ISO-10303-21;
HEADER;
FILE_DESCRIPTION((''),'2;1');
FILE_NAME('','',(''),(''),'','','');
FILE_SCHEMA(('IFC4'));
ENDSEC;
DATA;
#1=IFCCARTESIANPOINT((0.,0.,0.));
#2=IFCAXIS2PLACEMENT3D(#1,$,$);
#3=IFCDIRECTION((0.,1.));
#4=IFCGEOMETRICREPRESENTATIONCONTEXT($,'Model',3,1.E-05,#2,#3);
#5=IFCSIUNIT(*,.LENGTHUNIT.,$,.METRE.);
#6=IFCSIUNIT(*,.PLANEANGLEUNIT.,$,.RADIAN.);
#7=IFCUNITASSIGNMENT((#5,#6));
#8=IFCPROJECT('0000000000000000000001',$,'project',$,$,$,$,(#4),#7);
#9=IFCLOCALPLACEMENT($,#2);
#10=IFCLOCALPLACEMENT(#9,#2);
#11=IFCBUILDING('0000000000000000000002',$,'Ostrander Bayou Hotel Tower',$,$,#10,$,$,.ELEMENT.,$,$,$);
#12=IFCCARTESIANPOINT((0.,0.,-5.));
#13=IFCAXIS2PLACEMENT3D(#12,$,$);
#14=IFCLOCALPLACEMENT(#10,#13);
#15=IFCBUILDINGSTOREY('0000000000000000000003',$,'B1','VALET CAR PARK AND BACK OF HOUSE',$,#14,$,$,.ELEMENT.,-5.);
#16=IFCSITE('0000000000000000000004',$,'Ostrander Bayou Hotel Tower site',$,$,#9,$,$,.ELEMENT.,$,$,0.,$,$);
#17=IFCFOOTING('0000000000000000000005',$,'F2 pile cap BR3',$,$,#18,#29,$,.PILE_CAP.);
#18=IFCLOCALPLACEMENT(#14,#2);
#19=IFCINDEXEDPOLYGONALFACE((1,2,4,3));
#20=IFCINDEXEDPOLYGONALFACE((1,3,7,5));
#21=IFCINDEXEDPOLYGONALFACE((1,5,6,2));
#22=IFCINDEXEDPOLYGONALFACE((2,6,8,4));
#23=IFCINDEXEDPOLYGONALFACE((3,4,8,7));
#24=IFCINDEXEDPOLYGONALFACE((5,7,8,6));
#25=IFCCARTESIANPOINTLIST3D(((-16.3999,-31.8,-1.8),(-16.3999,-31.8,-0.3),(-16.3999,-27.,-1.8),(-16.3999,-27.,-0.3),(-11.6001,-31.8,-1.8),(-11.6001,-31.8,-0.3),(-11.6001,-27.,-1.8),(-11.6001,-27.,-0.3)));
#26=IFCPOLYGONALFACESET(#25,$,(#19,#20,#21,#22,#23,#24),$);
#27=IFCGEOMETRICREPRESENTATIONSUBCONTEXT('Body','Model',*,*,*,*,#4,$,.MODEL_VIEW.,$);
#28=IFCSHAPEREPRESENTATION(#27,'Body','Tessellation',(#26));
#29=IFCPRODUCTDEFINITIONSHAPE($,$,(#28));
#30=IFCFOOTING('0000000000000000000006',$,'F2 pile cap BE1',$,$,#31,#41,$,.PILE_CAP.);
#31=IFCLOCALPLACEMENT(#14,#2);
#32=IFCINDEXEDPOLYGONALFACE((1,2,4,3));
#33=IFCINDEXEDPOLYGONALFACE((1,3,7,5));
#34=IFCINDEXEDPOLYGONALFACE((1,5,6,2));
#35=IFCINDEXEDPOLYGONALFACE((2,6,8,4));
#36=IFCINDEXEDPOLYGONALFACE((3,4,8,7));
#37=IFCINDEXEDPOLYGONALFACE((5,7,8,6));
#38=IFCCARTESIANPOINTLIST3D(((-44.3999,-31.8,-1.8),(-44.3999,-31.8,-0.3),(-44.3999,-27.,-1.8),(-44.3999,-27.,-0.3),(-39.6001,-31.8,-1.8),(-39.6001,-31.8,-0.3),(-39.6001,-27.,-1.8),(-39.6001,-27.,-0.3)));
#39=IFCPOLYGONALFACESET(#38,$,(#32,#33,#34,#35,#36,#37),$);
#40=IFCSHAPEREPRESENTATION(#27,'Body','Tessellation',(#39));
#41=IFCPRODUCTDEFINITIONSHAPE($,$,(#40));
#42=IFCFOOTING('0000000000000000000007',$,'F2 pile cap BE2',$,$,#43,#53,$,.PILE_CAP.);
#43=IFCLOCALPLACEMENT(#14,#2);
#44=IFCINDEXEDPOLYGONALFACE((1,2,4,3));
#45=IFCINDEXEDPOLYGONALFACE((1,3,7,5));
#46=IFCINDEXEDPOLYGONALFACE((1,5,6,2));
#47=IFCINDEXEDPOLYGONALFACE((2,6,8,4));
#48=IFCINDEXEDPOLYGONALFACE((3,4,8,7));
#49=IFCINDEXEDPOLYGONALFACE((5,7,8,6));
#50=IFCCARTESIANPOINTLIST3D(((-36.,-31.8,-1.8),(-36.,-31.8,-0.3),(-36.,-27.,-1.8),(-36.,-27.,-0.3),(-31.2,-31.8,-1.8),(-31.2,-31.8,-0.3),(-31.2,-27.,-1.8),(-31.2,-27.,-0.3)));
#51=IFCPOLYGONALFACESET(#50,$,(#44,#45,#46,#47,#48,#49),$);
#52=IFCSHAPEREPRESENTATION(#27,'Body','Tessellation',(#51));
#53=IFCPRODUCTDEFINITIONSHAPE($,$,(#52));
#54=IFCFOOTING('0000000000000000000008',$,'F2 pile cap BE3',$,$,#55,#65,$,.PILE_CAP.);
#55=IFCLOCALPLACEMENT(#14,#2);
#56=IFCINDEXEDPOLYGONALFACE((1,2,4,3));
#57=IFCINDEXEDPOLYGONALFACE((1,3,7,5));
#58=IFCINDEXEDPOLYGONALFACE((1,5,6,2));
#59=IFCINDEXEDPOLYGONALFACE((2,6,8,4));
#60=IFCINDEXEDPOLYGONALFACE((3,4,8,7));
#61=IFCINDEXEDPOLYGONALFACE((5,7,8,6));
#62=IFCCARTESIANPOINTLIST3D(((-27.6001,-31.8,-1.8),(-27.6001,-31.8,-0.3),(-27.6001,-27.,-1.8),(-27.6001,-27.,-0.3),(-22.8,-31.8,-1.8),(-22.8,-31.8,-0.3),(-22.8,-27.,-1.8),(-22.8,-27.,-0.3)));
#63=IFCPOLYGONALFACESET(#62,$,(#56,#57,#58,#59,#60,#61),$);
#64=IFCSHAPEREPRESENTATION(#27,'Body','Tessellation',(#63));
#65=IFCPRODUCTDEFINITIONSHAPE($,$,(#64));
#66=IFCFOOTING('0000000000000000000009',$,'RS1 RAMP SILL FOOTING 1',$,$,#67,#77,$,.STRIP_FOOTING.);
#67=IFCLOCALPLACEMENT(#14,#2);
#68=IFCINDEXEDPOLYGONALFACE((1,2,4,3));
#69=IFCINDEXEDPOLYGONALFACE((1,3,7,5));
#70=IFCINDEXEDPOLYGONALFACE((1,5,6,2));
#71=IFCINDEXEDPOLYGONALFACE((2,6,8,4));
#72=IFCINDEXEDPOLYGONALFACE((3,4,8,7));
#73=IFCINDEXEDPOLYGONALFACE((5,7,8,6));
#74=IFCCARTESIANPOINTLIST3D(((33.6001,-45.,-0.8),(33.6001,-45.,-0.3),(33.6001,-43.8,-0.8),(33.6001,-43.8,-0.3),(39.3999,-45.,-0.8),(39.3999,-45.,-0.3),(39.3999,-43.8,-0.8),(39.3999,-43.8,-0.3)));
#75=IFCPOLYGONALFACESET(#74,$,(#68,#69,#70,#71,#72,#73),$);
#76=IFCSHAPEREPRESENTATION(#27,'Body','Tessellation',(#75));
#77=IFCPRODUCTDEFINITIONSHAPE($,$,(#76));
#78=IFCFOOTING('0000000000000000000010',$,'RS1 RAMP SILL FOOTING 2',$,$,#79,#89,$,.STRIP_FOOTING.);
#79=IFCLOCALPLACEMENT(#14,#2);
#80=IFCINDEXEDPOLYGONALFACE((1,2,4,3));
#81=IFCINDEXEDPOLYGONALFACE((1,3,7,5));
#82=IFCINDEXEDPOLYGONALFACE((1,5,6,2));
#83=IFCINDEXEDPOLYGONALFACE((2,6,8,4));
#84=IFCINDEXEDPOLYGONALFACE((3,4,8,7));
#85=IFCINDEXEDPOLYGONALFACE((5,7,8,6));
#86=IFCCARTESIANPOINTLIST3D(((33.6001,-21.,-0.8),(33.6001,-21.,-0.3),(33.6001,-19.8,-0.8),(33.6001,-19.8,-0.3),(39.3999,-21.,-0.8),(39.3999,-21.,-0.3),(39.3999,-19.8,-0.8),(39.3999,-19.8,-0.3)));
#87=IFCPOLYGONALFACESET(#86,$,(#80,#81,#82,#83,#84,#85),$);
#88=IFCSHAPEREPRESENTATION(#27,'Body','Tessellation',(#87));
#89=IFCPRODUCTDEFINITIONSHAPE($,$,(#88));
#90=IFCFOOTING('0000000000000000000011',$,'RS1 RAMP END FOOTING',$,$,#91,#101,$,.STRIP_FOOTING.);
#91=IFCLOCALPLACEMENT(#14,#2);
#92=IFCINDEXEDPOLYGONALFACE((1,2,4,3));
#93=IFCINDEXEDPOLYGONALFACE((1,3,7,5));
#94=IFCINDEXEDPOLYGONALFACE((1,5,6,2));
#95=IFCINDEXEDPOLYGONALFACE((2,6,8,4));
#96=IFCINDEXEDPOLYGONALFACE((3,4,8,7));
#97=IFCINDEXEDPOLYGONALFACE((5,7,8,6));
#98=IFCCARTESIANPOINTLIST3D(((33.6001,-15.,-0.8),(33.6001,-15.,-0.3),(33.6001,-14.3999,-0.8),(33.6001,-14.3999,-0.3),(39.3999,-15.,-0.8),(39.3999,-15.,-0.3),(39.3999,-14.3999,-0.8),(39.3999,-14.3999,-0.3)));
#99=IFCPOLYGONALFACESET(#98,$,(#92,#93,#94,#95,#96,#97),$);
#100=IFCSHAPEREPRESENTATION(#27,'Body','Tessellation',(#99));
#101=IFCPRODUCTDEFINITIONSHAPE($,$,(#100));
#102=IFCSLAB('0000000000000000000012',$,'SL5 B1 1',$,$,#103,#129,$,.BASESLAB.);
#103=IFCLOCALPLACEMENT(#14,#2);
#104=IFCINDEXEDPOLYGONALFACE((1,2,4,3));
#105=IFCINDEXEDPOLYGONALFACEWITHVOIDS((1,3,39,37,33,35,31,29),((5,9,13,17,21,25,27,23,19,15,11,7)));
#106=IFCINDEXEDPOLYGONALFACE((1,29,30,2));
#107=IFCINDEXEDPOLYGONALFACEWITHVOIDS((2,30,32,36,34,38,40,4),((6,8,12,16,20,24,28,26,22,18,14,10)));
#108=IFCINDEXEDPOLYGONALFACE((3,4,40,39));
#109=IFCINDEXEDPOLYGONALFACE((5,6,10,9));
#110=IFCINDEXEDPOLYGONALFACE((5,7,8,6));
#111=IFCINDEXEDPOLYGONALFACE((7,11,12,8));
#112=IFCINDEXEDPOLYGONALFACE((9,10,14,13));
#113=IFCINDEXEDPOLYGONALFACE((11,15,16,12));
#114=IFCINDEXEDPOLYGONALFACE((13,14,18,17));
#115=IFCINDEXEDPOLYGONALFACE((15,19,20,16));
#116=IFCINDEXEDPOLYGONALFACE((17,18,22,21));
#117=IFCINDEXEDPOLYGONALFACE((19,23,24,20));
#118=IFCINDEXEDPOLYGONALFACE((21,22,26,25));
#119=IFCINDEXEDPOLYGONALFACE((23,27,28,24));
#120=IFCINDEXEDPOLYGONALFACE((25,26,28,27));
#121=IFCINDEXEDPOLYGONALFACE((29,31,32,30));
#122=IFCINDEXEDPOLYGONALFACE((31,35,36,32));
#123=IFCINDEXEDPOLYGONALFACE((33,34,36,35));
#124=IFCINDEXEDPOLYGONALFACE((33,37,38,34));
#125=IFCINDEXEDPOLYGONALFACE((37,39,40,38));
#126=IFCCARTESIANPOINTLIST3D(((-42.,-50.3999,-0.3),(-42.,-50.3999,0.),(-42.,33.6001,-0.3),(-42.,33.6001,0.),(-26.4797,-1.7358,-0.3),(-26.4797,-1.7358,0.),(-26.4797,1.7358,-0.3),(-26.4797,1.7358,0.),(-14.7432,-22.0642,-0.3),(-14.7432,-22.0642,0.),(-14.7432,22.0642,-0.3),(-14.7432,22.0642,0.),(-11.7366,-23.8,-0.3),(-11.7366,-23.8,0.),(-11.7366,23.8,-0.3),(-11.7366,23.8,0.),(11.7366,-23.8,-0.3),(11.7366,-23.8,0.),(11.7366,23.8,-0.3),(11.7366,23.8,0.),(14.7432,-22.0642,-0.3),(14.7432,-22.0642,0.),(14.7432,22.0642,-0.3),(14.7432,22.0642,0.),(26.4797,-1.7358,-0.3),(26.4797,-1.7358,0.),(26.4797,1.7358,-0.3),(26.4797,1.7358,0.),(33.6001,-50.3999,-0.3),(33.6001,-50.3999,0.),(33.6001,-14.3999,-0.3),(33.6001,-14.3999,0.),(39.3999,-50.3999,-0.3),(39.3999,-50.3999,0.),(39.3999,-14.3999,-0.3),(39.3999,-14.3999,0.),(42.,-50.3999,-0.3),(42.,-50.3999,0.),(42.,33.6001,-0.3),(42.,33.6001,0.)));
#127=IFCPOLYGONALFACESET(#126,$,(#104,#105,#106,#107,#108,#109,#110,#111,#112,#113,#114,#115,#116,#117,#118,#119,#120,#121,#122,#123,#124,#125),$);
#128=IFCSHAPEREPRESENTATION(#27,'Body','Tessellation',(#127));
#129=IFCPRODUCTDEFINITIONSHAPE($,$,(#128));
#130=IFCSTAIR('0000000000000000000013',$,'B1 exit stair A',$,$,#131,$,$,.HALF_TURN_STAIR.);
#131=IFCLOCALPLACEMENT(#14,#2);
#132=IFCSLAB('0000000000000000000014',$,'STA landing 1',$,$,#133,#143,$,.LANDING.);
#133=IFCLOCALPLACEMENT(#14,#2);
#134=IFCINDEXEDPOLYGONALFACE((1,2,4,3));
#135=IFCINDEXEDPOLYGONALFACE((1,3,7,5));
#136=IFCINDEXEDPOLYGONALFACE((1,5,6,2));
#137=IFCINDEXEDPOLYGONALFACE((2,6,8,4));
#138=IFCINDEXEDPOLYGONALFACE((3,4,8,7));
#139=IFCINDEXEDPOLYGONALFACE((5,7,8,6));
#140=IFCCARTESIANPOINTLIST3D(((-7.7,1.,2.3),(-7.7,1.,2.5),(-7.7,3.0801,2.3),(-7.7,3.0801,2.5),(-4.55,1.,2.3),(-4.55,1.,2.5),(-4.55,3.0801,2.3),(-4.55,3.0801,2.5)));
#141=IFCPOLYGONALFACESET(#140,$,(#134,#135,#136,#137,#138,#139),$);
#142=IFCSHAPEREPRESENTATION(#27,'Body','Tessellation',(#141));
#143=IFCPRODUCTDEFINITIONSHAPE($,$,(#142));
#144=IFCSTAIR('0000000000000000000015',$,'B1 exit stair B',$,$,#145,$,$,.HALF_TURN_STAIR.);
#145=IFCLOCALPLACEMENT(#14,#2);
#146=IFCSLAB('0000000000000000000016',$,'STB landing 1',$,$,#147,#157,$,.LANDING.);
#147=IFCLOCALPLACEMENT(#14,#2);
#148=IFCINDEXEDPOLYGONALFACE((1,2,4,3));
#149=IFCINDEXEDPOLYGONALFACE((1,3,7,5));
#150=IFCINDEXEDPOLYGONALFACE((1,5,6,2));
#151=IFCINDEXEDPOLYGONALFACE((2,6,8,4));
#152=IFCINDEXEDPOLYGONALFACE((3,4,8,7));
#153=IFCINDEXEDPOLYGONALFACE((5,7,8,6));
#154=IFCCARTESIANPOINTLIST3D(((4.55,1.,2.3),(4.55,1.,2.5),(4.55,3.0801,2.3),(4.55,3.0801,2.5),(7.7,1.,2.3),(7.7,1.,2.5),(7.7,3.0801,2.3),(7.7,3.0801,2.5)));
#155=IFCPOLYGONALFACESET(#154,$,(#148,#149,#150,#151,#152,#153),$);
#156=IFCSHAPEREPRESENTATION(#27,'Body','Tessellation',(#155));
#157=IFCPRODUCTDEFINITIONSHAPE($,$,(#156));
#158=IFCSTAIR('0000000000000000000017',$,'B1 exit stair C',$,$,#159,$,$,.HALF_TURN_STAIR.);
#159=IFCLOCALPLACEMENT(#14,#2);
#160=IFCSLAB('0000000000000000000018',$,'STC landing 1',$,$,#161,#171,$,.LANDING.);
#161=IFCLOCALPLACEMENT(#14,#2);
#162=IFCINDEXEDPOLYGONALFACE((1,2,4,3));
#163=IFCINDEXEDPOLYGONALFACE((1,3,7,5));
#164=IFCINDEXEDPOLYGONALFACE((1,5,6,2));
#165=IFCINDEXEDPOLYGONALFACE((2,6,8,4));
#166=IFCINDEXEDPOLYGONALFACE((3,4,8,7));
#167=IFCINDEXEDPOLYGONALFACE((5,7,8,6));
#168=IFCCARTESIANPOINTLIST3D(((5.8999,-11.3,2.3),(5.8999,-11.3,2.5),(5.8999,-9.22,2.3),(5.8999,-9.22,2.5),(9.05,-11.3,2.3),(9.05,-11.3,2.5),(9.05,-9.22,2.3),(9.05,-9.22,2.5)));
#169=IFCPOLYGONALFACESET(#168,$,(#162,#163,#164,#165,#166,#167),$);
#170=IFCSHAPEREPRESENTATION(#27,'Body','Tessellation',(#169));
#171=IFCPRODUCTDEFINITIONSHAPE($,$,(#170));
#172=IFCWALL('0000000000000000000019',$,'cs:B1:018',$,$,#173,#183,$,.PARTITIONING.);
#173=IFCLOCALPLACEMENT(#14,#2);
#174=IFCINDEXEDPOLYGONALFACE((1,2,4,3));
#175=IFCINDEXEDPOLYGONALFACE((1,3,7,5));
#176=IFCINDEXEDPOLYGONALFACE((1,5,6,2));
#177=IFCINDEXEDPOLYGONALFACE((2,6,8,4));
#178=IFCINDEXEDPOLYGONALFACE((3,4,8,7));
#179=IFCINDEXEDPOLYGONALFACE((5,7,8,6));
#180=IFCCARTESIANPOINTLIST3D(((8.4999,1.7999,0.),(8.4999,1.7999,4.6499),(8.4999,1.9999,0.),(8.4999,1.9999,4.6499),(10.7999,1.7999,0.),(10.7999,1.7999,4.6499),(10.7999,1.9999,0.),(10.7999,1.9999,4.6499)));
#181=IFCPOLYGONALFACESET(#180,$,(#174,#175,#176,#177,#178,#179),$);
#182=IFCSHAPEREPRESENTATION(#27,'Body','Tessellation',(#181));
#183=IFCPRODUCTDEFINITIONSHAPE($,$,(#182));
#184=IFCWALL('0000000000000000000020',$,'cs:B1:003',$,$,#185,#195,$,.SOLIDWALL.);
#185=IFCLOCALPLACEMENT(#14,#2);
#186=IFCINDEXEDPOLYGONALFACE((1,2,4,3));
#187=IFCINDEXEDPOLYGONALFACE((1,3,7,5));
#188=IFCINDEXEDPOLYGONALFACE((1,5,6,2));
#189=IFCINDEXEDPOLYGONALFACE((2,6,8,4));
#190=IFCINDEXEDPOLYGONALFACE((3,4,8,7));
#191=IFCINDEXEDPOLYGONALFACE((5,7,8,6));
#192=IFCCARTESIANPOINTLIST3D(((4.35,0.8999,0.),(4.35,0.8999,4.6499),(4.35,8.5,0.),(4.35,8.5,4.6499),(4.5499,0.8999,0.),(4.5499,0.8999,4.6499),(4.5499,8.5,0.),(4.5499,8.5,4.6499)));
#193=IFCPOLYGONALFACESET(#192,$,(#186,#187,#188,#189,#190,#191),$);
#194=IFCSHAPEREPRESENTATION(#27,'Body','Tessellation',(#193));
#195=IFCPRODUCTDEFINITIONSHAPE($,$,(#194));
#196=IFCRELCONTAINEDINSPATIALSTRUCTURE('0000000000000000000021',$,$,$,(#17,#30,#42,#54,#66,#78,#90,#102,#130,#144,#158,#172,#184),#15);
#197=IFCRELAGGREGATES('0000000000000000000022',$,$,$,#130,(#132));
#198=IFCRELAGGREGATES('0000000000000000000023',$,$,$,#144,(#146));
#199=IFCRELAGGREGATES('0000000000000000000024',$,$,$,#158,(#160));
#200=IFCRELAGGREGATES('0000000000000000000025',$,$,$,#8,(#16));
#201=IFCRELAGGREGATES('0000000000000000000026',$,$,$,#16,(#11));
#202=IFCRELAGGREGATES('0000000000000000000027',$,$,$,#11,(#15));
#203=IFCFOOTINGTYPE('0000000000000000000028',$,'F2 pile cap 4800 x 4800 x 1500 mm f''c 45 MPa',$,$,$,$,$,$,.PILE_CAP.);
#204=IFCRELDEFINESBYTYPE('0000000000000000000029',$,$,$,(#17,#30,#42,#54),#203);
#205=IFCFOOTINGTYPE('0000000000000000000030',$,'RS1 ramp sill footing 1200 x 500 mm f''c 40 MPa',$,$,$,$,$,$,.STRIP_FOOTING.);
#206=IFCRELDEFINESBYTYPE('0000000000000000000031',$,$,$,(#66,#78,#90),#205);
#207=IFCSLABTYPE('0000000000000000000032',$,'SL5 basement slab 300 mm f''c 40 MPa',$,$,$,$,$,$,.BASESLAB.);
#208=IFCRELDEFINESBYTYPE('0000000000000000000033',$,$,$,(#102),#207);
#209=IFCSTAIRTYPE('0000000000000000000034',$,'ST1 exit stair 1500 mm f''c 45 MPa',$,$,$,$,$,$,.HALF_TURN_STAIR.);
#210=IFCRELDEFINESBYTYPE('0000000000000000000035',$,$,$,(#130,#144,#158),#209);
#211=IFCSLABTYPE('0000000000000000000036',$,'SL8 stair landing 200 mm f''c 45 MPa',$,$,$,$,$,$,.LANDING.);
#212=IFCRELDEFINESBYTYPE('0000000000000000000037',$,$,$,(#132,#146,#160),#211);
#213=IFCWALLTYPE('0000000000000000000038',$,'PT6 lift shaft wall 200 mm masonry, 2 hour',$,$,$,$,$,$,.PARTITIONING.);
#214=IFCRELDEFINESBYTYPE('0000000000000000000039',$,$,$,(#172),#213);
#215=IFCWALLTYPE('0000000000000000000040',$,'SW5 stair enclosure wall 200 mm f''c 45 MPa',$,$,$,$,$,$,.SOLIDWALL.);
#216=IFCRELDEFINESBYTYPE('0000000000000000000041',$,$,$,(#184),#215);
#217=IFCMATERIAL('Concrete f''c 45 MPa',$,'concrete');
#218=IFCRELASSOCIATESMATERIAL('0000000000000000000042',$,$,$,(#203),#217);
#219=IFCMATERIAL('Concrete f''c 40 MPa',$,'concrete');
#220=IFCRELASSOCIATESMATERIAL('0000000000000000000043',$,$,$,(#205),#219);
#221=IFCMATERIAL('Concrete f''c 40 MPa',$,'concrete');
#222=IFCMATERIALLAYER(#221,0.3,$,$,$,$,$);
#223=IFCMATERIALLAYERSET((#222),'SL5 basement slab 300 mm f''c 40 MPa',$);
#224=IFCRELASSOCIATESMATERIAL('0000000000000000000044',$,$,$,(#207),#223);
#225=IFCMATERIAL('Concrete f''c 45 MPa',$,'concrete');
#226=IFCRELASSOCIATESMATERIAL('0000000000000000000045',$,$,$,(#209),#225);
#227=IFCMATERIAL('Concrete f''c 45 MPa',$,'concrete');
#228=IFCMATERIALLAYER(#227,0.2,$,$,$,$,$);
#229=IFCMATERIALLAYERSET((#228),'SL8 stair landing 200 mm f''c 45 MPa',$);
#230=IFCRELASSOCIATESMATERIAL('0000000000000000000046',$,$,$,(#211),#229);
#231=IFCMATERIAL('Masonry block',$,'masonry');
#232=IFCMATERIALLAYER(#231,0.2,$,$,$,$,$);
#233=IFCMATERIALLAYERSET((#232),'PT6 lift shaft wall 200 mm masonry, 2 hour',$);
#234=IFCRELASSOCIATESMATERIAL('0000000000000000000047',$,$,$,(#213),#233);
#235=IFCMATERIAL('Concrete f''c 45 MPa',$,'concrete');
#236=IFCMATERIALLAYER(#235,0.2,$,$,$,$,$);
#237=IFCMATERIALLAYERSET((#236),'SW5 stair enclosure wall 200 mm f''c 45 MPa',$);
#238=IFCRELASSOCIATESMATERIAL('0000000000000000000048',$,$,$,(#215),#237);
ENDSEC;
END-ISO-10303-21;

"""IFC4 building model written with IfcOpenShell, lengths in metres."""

from ifc_helpers import new_model, si_unit, direction, frame, frame_2d, origin, place, context, subcontext, project, spatial, polyline, rectangle, outline, extrude, material, layer, layer_set, type_object, element, aggregate, save


model = new_model("IFC4")

# Units and contexts
model_context = context("Model", 3, precision=1e-05, world=origin(), true_north=direction((0.0, 1.0)))
body_context = subcontext(model_context, "Body", "Model", "MODEL_VIEW")
ifc_project = project(units=[si_unit("LENGTHUNIT", "METRE"), si_unit("PLANEANGLEUNIT", "RADIAN")], contexts=[model_context])

# Site, building, storey
site_placement = place(None, origin())
site = spatial("IfcSite", under=ifc_project, at=site_placement, Name="Ostrander Bayou Hotel Tower site", CompositionType="ELEMENT", RefElevation=0.0)
building_placement = place(site_placement, origin())
building = spatial("IfcBuilding", under=site, at=building_placement, Name="Ostrander Bayou Hotel Tower", CompositionType="ELEMENT")
storey_placement = place(building_placement, frame((0.0, 0.0, -5.0)))
storey = spatial("IfcBuildingStorey", under=building, at=storey_placement, Name="B1", Description="VALET CAR PARK AND BACK OF HOUSE", CompositionType="ELEMENT", Elevation=-5.0)

# Footings
ifc_material_1 = material(Name="Concrete f'c 45 MPa", Category="concrete")
footing_type_1 = type_object("IfcFootingType", Name="F2 pile cap 4800 x 4800 x 1500 mm f'c 45 MPa", PredefinedType="PILE_CAP", material=ifc_material_1)
footing_1_placement = place(storey_placement, frame((0.0, 0.0, -1.8)))
element("IfcFooting", 1, at=footing_1_placement, inside=storey, type_object=footing_type_1, Name="F2 pile cap BR3", PredefinedType="PILE_CAP", context=body_context, shape_type="SweptSolid", body=[
    extrude(outline(polyline([(-11.6001, -31.8), (-11.6001, -27.0), (-16.3999, -27.0), (-16.3999, -31.8), (-11.6001, -31.8)])), origin(), (0.0, 0.0, 1.0), 1.5),
])
footing_2_placement = place(storey_placement, frame((0.0, 0.0, -1.8)))
element("IfcFooting", 2, at=footing_2_placement, inside=storey, type_object=footing_type_1, Name="F2 pile cap BE1", PredefinedType="PILE_CAP", context=body_context, shape_type="SweptSolid", body=[
    extrude(outline(polyline([(-39.6001, -31.8), (-39.6001, -27.0), (-44.3999, -27.0), (-44.3999, -31.8), (-39.6001, -31.8)])), origin(), (0.0, 0.0, 1.0), 1.5),
])
footing_3_placement = place(storey_placement, frame((0.0, 0.0, -1.8)))
element("IfcFooting", 3, at=footing_3_placement, inside=storey, type_object=footing_type_1, Name="F2 pile cap BE2", PredefinedType="PILE_CAP", context=body_context, shape_type="SweptSolid", body=[
    extrude(outline(polyline([(-31.2, -31.8), (-31.2, -27.0), (-36.0, -27.0), (-36.0, -31.8), (-31.2, -31.8)])), origin(), (0.0, 0.0, 1.0), 1.5),
])
footing_4_placement = place(storey_placement, frame((0.0, 0.0, -1.8)))
element("IfcFooting", 4, at=footing_4_placement, inside=storey, type_object=footing_type_1, Name="F2 pile cap BE3", PredefinedType="PILE_CAP", context=body_context, shape_type="SweptSolid", body=[
    extrude(outline(polyline([(-22.8, -31.8), (-22.8, -27.0), (-27.6001, -27.0), (-27.6001, -31.8), (-22.8, -31.8)])), origin(), (0.0, 0.0, 1.0), 1.5),
])
ifc_material_2 = material(Name="Concrete f'c 40 MPa", Category="concrete")
footing_type_2 = type_object("IfcFootingType", Name="RS1 ramp sill footing 1200 x 500 mm f'c 40 MPa", PredefinedType="STRIP_FOOTING", material=ifc_material_2)
footing_5_placement = place(storey_placement, frame((0.0, 0.0, -0.8)))
element("IfcFooting", 5, at=footing_5_placement, inside=storey, type_object=footing_type_2, Name="RS1 RAMP SILL FOOTING 1", PredefinedType="STRIP_FOOTING", context=body_context, shape_type="SweptSolid", body=[
    extrude(outline(polyline([(39.3999, -45.0), (39.3999, -43.8), (33.6001, -43.8), (33.6001, -45.0), (39.3999, -45.0)])), origin(), (0.0, 0.0, 1.0), 0.5),
])
footing_6_placement = place(storey_placement, frame((0.0, 0.0, -0.8)))
element("IfcFooting", 6, at=footing_6_placement, inside=storey, type_object=footing_type_2, Name="RS1 RAMP SILL FOOTING 2", PredefinedType="STRIP_FOOTING", context=body_context, shape_type="SweptSolid", body=[
    extrude(outline(polyline([(39.3999, -21.0), (39.3999, -19.8), (33.6001, -19.8), (33.6001, -21.0), (39.3999, -21.0)])), origin(), (0.0, 0.0, 1.0), 0.5),
])
footing_7_placement = place(storey_placement, frame((0.0, 0.0, -0.8)))
element("IfcFooting", 7, at=footing_7_placement, inside=storey, type_object=footing_type_2, Name="RS1 RAMP END FOOTING", PredefinedType="STRIP_FOOTING", context=body_context, shape_type="SweptSolid", body=[
    extrude(outline(polyline([(39.3999, -15.0), (39.3999, -14.3999), (33.6001, -14.3999), (33.6001, -15.0), (39.3999, -15.0)])), origin(), (0.0, 0.0, 1.0), 0.5),
])

# Slab
ifc_material_3 = material(Name="Concrete f'c 40 MPa", Category="concrete")
ifc_layer_1 = layer(ifc_material_3, 0.3)
ifc_layer_set_1 = layer_set([ifc_layer_1], Name="SL5 basement slab 300 mm f'c 40 MPa")
slab_type_1 = type_object("IfcSlabType", Name="SL5 basement slab 300 mm f'c 40 MPa", PredefinedType="BASESLAB", material=ifc_layer_set_1)
slab_1_placement = place(storey_placement, frame((0.0, 0.0, -0.3)))
element("IfcSlab", 8, at=slab_1_placement, inside=storey, type_object=slab_type_1, Name="SL5 B1 1", PredefinedType="BASESLAB", context=body_context, shape_type="SweptSolid", body=[
    extrude(outline(polyline([(42.0, -50.3999), (39.3999, -50.3999), (39.3999, -14.3999), (33.6001, -14.3999), (33.6001, -50.3999), (-42.0, -50.3999), (-42.0, 33.6001), (42.0, 33.6001), (42.0, -50.3999)]), holes=[polyline([(-11.7366, -23.8), (11.7366, -23.8), (14.7432, -22.0642), (26.4797, -1.7358), (26.4797, 1.7358), (14.7432, 22.0642), (11.7366, 23.8), (-11.7366, 23.8), (-14.7432, 22.0642), (-26.4797, 1.7358), (-26.4797, -1.7358), (-14.7432, -22.0642), (-11.7366, -23.8)])]), origin(), (0.0, 0.0, 1.0), 0.3),
])

# Stairs, slabs
ifc_material_4 = material(Name="Concrete f'c 45 MPa", Category="concrete")
stair_type = type_object("IfcStairType", Name="ST1 exit stair 1500 mm f'c 45 MPa", PredefinedType="HALF_TURN_STAIR", material=ifc_material_4)
stair_1_placement = place(storey_placement, origin())
stair_1 = element("IfcStair", 9, at=stair_1_placement, inside=storey, type_object=stair_type, Name="B1 exit stair A", PredefinedType="HALF_TURN_STAIR")
ifc_material_5 = material(Name="Concrete f'c 45 MPa", Category="concrete")
ifc_layer_2 = layer(ifc_material_5, 0.2)
ifc_layer_set_2 = layer_set([ifc_layer_2], Name="SL8 stair landing 200 mm f'c 45 MPa")
slab_type_2 = type_object("IfcSlabType", Name="SL8 stair landing 200 mm f'c 45 MPa", PredefinedType="LANDING", material=ifc_layer_set_2)
slab_2_placement = place(storey_placement, frame((0.0, 0.0, 2.3)))
slab_2 = element("IfcSlab", 10, at=slab_2_placement, type_object=slab_type_2, Name="STA landing 1", PredefinedType="LANDING", context=body_context, shape_type="SweptSolid", body=[
    extrude(outline(polyline([(-7.7, 3.0801), (-7.7, 1.0), (-4.55, 1.0), (-4.55, 3.0801), (-7.7, 3.0801)])), origin(), (0.0, 0.0, 1.0), 0.2),
])
aggregate(stair_1, [slab_2])
stair_2_placement = place(storey_placement, origin())
stair_2 = element("IfcStair", 11, at=stair_2_placement, inside=storey, type_object=stair_type, Name="B1 exit stair B", PredefinedType="HALF_TURN_STAIR")
slab_3_placement = place(storey_placement, frame((0.0, 0.0, 2.3)))
slab_3 = element("IfcSlab", 12, at=slab_3_placement, type_object=slab_type_2, Name="STB landing 1", PredefinedType="LANDING", context=body_context, shape_type="SweptSolid", body=[
    extrude(outline(polyline([(4.55, 3.0801), (4.55, 1.0), (7.7, 1.0), (7.7, 3.0801), (4.55, 3.0801)])), origin(), (0.0, 0.0, 1.0), 0.2),
])
aggregate(stair_2, [slab_3])
stair_3_placement = place(storey_placement, origin())
stair_3 = element("IfcStair", 13, at=stair_3_placement, inside=storey, type_object=stair_type, Name="B1 exit stair C", PredefinedType="HALF_TURN_STAIR")
slab_4_placement = place(storey_placement, frame((0.0, 0.0, 2.3)))
slab_4 = element("IfcSlab", 14, at=slab_4_placement, type_object=slab_type_2, Name="STC landing 1", PredefinedType="LANDING", context=body_context, shape_type="SweptSolid", body=[
    extrude(outline(polyline([(5.8999, -9.22), (5.8999, -11.3), (9.05, -11.3), (9.05, -9.22), (5.8999, -9.22)])), origin(), (0.0, 0.0, 1.0), 0.2),
])
aggregate(stair_3, [slab_4])

# Walls
ifc_material_6 = material(Name="Masonry block", Category="masonry")
ifc_layer_3 = layer(ifc_material_6, 0.2)
ifc_layer_set_3 = layer_set([ifc_layer_3], Name="PT6 lift shaft wall 200 mm masonry, 2 hour")
wall_type_1 = type_object("IfcWallType", Name="PT6 lift shaft wall 200 mm masonry, 2 hour", PredefinedType="PARTITIONING", material=ifc_layer_set_3)
wall_1_placement = place(storey_placement, frame((8.5, 1.8999, 0.0), z_axis=(0.0, 0.0, 1.0), x_axis=(1.0, 0.0, 0.0)))
element("IfcWall", 15, at=wall_1_placement, inside=storey, type_object=wall_type_1, Name="cs:B1:018", PredefinedType="PARTITIONING", context=body_context, shape_type="SweptSolid", body=[
    extrude(rectangle(XDim=2.3, YDim=0.2, at=frame_2d((1.1499, 0.0))), origin(), (0.0, 0.0, 1.0), 4.6499),
])
ifc_material_7 = material(Name="Concrete f'c 45 MPa", Category="concrete")
ifc_layer_4 = layer(ifc_material_7, 0.2)
ifc_layer_set_4 = layer_set([ifc_layer_4], Name="SW5 stair enclosure wall 200 mm f'c 45 MPa")
wall_type_2 = type_object("IfcWallType", Name="SW5 stair enclosure wall 200 mm f'c 45 MPa", PredefinedType="SOLIDWALL", material=ifc_layer_set_4)
wall_2_placement = place(storey_placement, frame((4.45, 0.8999, 0.0), z_axis=(0.0, 0.0, 1.0), x_axis=(0.0, 1.0, 0.0)))
element("IfcWall", 16, at=wall_2_placement, inside=storey, type_object=wall_type_2, Name="cs:B1:003", PredefinedType="SOLIDWALL", context=body_context, shape_type="SweptSolid", body=[
    extrude(rectangle(XDim=7.6001, YDim=0.2, at=frame_2d((3.8, 0.0))), origin(), (0.0, 0.0, 1.0), 4.6499),
])

save(model, "model.ifc")
